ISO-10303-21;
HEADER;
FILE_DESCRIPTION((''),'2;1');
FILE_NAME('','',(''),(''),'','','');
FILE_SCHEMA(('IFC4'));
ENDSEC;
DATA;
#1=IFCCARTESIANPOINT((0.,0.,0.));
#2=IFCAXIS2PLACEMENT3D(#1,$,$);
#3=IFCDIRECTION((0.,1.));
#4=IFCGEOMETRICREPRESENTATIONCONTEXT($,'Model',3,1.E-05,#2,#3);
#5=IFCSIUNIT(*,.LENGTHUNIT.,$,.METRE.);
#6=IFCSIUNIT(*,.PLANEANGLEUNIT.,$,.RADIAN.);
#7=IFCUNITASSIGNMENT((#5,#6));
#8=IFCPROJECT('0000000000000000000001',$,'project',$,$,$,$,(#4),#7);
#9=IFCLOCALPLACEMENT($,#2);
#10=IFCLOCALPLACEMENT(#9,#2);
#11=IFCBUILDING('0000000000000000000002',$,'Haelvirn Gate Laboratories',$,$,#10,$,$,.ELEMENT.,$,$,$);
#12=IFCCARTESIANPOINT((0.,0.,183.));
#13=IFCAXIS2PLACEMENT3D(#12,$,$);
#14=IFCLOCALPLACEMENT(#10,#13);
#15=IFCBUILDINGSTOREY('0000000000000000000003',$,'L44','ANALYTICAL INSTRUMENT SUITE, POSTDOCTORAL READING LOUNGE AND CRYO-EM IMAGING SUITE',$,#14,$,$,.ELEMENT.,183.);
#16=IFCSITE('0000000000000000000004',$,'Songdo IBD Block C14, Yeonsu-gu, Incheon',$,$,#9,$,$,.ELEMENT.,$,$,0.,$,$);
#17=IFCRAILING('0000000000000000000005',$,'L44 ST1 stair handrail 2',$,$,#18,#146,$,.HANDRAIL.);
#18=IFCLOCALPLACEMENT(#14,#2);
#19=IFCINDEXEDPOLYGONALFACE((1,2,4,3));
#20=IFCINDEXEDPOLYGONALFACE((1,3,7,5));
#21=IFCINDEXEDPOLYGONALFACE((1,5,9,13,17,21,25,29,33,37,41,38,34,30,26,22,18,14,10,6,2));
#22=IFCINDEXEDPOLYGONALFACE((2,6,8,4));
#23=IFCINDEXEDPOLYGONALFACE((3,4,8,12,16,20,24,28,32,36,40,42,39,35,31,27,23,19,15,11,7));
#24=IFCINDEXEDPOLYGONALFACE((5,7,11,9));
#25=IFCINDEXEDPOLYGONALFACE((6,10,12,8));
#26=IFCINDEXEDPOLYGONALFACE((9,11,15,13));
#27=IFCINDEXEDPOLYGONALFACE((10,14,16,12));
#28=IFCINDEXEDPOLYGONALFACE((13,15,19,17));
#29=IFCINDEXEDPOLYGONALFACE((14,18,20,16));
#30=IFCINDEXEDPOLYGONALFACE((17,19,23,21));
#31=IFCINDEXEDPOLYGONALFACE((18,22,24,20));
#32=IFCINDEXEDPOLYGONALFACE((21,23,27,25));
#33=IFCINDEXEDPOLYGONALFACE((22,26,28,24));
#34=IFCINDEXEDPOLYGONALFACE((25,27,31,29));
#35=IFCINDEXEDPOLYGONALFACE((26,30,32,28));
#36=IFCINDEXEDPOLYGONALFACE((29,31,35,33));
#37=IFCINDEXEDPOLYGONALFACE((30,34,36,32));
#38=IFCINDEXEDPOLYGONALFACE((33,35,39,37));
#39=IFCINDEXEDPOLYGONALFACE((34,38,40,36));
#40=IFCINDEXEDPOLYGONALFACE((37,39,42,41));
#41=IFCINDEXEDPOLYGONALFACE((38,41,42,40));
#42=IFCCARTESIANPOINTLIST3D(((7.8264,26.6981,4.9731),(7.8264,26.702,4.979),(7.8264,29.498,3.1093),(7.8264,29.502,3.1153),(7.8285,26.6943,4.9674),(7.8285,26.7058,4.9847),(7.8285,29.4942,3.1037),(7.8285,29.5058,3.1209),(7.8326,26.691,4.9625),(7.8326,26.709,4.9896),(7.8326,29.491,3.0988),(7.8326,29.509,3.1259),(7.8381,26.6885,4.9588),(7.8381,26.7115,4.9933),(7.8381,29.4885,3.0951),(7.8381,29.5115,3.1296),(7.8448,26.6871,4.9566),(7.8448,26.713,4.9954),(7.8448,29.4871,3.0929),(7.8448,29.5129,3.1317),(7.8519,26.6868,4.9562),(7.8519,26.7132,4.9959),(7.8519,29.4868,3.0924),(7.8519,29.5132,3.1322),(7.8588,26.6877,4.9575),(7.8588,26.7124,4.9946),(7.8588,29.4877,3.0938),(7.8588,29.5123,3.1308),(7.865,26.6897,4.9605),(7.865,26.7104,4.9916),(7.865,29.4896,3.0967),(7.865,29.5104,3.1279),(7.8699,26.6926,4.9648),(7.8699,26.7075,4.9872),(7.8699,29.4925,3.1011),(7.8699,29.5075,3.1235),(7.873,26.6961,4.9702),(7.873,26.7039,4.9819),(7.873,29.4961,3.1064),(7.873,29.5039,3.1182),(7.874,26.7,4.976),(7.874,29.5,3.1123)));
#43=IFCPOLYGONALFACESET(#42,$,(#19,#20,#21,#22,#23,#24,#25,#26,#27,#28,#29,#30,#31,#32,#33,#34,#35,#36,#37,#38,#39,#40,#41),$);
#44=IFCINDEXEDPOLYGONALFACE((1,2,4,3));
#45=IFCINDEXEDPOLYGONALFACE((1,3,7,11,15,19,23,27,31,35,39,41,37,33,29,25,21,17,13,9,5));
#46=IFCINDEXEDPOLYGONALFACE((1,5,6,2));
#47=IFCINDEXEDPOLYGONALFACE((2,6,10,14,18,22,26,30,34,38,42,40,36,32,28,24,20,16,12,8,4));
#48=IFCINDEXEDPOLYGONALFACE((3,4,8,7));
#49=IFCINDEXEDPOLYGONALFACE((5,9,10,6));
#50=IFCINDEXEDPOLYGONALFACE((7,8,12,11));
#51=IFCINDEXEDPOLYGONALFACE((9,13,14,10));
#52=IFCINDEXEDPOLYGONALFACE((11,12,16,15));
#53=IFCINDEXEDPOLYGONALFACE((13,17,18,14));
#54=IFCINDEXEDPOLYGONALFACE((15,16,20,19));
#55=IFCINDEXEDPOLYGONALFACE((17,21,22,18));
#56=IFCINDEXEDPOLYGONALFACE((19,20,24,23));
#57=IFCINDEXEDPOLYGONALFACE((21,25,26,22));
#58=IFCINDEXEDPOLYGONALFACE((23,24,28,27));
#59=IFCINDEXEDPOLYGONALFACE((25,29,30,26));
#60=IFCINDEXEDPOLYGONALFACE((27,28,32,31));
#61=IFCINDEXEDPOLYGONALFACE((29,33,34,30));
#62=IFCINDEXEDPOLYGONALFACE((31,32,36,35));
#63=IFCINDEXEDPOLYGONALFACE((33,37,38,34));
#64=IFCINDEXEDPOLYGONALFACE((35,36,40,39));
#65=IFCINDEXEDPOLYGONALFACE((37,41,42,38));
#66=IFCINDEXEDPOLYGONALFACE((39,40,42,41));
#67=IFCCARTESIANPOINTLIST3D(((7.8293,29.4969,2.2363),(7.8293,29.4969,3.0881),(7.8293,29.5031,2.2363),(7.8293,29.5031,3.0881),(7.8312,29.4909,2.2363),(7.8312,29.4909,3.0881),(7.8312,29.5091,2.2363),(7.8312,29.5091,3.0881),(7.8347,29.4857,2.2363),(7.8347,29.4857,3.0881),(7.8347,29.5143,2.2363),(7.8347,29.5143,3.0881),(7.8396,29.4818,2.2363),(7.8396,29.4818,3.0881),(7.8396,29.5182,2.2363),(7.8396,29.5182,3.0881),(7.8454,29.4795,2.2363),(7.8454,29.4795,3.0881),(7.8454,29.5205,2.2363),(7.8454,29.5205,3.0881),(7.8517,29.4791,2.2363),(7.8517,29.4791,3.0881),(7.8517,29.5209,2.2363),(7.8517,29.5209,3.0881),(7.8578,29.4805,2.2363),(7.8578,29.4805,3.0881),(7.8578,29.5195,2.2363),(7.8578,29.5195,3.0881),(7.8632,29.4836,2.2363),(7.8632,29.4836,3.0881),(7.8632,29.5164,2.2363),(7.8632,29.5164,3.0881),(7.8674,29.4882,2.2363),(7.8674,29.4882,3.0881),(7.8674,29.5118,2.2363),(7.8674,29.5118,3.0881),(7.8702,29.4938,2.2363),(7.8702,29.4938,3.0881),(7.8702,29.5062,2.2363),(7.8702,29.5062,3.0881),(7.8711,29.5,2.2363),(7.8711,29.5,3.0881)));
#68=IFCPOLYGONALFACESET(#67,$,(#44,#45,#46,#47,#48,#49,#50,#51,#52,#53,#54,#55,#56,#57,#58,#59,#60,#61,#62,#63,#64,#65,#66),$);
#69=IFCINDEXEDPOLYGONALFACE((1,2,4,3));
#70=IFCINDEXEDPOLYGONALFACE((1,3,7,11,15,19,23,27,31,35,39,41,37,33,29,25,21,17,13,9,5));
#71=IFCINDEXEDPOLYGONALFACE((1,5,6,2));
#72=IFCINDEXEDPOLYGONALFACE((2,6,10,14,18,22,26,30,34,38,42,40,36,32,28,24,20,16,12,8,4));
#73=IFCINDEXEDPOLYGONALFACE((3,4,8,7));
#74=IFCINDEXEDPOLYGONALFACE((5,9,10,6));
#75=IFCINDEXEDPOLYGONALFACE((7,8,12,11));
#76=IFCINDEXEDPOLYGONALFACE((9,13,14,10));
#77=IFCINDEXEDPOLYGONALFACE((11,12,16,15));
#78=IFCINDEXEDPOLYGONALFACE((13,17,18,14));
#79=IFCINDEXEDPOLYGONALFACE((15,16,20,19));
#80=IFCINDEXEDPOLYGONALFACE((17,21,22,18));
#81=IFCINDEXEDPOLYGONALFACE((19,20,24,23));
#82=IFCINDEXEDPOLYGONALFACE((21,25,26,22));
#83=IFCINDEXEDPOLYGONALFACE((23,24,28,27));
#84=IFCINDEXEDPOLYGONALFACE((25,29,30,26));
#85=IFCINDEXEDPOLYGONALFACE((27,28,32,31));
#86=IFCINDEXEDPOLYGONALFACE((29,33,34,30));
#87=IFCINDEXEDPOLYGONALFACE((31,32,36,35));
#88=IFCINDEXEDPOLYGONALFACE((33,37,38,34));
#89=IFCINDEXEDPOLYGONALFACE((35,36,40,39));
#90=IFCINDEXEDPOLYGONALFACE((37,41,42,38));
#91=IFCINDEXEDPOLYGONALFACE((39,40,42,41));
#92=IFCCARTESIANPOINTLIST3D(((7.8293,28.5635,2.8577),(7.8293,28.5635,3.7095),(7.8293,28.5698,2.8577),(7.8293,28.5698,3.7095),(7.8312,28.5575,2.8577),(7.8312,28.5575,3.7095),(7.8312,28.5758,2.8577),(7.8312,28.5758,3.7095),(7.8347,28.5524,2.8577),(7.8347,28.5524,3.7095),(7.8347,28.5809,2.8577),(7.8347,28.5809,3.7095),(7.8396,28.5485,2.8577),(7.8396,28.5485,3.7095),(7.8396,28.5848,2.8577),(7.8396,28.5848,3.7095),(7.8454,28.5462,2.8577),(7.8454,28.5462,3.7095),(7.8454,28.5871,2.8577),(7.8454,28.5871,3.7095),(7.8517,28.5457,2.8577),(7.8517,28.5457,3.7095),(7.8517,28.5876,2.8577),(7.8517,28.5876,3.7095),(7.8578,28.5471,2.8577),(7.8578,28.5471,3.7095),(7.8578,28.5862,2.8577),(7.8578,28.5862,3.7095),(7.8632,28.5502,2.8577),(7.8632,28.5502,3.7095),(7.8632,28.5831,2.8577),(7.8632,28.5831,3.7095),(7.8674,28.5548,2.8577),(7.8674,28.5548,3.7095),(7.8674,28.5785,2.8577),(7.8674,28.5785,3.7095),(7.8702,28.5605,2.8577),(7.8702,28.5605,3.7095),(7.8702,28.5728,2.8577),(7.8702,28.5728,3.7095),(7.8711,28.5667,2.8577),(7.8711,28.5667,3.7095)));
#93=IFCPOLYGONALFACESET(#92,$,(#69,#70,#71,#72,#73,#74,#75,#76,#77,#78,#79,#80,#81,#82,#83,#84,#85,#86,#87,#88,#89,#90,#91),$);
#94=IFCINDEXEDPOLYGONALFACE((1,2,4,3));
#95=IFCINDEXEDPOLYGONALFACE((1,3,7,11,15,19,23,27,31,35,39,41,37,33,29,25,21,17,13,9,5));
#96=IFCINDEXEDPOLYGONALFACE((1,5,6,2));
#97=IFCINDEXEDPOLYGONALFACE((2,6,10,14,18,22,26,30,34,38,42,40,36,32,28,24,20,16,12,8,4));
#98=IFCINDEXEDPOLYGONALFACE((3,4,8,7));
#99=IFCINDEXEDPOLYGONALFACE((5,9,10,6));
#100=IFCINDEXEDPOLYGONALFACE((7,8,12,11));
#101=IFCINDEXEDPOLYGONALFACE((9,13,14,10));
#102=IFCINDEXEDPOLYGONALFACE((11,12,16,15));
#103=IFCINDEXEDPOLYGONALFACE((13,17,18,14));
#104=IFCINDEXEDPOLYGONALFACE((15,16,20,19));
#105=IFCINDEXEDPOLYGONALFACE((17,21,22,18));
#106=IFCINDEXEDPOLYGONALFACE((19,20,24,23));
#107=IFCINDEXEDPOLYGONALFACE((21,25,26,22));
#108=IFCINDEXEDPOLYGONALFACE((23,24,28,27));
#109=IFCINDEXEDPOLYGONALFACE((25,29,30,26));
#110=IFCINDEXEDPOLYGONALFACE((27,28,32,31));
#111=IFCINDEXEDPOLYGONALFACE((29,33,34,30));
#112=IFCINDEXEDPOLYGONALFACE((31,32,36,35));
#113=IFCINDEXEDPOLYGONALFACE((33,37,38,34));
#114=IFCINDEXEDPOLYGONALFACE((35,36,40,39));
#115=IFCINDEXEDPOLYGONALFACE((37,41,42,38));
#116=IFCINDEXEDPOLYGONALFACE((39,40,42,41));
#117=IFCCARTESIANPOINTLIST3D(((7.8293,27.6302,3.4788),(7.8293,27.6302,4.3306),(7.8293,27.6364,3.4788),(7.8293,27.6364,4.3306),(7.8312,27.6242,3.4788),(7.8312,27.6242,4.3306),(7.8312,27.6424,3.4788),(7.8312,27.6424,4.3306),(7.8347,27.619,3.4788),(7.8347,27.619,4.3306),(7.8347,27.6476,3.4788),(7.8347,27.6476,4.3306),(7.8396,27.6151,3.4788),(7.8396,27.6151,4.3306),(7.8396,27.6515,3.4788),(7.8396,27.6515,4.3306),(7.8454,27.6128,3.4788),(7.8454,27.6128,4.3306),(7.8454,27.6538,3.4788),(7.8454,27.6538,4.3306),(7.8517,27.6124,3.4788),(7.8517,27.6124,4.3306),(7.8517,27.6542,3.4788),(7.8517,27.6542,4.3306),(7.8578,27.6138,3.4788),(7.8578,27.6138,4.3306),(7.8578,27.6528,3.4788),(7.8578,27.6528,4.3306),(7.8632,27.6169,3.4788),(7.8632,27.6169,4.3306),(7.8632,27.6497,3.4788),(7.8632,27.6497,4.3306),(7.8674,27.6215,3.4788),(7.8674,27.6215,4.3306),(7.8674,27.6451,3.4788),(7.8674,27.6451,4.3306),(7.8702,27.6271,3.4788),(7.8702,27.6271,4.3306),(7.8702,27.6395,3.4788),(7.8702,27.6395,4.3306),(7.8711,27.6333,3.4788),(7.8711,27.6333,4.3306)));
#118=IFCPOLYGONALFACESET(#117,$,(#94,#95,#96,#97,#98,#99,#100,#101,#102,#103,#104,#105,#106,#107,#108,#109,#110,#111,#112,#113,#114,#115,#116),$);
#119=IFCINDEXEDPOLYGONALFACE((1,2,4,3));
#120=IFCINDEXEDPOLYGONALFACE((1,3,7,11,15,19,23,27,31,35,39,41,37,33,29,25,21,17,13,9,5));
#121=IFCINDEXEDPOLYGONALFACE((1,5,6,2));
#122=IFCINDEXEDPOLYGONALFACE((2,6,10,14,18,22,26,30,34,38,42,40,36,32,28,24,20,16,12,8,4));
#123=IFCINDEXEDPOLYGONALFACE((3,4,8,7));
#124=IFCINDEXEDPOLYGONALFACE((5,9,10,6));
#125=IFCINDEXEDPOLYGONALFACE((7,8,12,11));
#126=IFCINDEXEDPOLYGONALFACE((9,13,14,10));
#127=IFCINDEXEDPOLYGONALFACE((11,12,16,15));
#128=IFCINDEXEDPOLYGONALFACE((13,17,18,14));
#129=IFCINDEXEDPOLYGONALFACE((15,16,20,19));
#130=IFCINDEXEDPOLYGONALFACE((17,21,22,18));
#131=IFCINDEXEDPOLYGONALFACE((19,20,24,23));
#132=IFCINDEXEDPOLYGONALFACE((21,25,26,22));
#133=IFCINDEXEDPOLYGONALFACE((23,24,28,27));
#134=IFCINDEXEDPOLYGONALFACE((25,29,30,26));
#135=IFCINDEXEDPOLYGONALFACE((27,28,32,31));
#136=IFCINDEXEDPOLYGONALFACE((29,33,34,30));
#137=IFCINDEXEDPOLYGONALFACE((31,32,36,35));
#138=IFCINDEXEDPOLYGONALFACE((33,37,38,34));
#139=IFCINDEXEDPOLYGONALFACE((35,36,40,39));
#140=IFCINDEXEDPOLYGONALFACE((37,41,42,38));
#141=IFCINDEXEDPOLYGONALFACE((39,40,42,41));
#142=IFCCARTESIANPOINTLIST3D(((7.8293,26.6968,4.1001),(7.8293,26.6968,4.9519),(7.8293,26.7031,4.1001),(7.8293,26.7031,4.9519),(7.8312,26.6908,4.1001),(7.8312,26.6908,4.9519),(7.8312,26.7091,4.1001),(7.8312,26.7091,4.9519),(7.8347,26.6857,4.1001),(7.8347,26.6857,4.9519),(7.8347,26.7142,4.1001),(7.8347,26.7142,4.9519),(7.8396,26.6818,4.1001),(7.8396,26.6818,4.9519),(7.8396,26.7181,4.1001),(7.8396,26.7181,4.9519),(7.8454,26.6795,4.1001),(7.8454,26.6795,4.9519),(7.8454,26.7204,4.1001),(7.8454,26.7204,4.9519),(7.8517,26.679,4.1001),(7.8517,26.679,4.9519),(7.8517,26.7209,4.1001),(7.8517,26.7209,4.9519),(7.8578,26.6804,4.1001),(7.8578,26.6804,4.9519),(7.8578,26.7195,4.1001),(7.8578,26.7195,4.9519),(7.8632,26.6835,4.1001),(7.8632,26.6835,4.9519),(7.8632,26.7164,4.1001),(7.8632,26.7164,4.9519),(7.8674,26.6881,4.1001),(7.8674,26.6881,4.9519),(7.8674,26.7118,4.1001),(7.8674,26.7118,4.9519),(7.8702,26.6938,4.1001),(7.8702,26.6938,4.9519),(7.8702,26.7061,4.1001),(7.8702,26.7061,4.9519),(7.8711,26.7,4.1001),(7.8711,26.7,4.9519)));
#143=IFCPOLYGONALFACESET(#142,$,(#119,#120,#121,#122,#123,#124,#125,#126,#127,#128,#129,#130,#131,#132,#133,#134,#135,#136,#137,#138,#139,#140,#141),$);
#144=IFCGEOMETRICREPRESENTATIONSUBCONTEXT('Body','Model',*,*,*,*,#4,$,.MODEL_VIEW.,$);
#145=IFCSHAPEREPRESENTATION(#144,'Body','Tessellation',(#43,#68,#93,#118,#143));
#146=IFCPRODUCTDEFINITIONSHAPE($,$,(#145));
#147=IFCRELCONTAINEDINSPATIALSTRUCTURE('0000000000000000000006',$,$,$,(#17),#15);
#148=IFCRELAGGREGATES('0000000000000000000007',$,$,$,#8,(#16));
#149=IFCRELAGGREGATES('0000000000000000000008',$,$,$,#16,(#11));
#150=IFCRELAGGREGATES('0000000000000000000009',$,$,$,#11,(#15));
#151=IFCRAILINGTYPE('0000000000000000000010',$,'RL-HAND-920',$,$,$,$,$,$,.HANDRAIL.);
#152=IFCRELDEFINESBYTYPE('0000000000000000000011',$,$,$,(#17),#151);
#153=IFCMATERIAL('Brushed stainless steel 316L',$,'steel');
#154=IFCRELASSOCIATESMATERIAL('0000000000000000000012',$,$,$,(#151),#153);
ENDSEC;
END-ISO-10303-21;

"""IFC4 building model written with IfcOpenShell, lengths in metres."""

from ifc_helpers import new_model, si_unit, direction, frame, origin, origin_2d, place, context, subcontext, project, spatial, circle, extrude, source, transform, mapped, material, type_object, element, save


model = new_model("IFC4")

# Units and contexts
model_context = context("Model", 3, precision=1e-05, world=origin(), true_north=direction((0.0, 1.0)))
body_context = subcontext(model_context, "Body", "Model", "MODEL_VIEW")
ifc_project = project(units=[si_unit("LENGTHUNIT", "METRE"), si_unit("PLANEANGLEUNIT", "RADIAN")], contexts=[model_context])

# Site, building, storey
site_placement = place(None, origin())
site = spatial("IfcSite", under=ifc_project, at=site_placement, Name="Songdo IBD Block C14, Yeonsu-gu, Incheon", CompositionType="ELEMENT", RefElevation=0.0)
building_placement = place(site_placement, origin())
building = spatial("IfcBuilding", under=site, at=building_placement, Name="Haelvirn Gate Laboratories", CompositionType="ELEMENT")
storey_placement = place(building_placement, frame((0.0, 0.0, 183.0)))
storey = spatial("IfcBuildingStorey", under=building, at=storey_placement, Name="L44", Description="ANALYTICAL INSTRUMENT SUITE, POSTDOCTORAL READING LOUNGE AND CRYO-EM IMAGING SUITE", CompositionType="ELEMENT", Elevation=183.0)

# Railing
ifc_material_1 = material(Name="Brushed stainless steel 316L", Category="steel")
railing_type_1 = type_object("IfcRailingType", Name="RL-HAND-920", PredefinedType="HANDRAIL", material=ifc_material_1)
shared_shape_1 = source(origin(), body_context, "Body", "SweptSolid", [
    extrude(circle(Radius=0.0239, at=origin_2d()), frame((0.0, 0.0, 0.876), z_axis=(0.0, -0.832452, 0.554097), x_axis=(1.0, 0.0, 0.0)), (0.0, 0.0, 1.0), 3.3635),
    extrude(circle(Radius=0.021, at=origin_2d()), origin(), (0.0, 0.0, 1.0), 0.8518),
    extrude(circle(Radius=0.021, at=origin_2d()), frame((0.0, -0.9333, 0.6213)), (0.0, 0.0, 1.0), 0.8518),
    extrude(circle(Radius=0.021, at=origin_2d()), frame((0.0, -1.8667, 1.2424)), (0.0, 0.0, 1.0), 0.8518),
    extrude(circle(Radius=0.021, at=origin_2d()), frame((0.0, -2.8, 1.8638)), (0.0, 0.0, 1.0), 0.8518),
])
railing_1_placement = place(storey_placement, frame((7.8501, 29.5, 2.2363)))
element("IfcRailing", 1, at=railing_1_placement, inside=storey, type_object=railing_type_1, Name="L44 ST1 stair handrail 2", PredefinedType="HANDRAIL", context=body_context, shape_type="MappedRepresentation", body=[
    mapped(shared_shape_1, transform((0.0, 0.0, 0.0), scale=1.0)),
])

save(model, "model.ifc")
